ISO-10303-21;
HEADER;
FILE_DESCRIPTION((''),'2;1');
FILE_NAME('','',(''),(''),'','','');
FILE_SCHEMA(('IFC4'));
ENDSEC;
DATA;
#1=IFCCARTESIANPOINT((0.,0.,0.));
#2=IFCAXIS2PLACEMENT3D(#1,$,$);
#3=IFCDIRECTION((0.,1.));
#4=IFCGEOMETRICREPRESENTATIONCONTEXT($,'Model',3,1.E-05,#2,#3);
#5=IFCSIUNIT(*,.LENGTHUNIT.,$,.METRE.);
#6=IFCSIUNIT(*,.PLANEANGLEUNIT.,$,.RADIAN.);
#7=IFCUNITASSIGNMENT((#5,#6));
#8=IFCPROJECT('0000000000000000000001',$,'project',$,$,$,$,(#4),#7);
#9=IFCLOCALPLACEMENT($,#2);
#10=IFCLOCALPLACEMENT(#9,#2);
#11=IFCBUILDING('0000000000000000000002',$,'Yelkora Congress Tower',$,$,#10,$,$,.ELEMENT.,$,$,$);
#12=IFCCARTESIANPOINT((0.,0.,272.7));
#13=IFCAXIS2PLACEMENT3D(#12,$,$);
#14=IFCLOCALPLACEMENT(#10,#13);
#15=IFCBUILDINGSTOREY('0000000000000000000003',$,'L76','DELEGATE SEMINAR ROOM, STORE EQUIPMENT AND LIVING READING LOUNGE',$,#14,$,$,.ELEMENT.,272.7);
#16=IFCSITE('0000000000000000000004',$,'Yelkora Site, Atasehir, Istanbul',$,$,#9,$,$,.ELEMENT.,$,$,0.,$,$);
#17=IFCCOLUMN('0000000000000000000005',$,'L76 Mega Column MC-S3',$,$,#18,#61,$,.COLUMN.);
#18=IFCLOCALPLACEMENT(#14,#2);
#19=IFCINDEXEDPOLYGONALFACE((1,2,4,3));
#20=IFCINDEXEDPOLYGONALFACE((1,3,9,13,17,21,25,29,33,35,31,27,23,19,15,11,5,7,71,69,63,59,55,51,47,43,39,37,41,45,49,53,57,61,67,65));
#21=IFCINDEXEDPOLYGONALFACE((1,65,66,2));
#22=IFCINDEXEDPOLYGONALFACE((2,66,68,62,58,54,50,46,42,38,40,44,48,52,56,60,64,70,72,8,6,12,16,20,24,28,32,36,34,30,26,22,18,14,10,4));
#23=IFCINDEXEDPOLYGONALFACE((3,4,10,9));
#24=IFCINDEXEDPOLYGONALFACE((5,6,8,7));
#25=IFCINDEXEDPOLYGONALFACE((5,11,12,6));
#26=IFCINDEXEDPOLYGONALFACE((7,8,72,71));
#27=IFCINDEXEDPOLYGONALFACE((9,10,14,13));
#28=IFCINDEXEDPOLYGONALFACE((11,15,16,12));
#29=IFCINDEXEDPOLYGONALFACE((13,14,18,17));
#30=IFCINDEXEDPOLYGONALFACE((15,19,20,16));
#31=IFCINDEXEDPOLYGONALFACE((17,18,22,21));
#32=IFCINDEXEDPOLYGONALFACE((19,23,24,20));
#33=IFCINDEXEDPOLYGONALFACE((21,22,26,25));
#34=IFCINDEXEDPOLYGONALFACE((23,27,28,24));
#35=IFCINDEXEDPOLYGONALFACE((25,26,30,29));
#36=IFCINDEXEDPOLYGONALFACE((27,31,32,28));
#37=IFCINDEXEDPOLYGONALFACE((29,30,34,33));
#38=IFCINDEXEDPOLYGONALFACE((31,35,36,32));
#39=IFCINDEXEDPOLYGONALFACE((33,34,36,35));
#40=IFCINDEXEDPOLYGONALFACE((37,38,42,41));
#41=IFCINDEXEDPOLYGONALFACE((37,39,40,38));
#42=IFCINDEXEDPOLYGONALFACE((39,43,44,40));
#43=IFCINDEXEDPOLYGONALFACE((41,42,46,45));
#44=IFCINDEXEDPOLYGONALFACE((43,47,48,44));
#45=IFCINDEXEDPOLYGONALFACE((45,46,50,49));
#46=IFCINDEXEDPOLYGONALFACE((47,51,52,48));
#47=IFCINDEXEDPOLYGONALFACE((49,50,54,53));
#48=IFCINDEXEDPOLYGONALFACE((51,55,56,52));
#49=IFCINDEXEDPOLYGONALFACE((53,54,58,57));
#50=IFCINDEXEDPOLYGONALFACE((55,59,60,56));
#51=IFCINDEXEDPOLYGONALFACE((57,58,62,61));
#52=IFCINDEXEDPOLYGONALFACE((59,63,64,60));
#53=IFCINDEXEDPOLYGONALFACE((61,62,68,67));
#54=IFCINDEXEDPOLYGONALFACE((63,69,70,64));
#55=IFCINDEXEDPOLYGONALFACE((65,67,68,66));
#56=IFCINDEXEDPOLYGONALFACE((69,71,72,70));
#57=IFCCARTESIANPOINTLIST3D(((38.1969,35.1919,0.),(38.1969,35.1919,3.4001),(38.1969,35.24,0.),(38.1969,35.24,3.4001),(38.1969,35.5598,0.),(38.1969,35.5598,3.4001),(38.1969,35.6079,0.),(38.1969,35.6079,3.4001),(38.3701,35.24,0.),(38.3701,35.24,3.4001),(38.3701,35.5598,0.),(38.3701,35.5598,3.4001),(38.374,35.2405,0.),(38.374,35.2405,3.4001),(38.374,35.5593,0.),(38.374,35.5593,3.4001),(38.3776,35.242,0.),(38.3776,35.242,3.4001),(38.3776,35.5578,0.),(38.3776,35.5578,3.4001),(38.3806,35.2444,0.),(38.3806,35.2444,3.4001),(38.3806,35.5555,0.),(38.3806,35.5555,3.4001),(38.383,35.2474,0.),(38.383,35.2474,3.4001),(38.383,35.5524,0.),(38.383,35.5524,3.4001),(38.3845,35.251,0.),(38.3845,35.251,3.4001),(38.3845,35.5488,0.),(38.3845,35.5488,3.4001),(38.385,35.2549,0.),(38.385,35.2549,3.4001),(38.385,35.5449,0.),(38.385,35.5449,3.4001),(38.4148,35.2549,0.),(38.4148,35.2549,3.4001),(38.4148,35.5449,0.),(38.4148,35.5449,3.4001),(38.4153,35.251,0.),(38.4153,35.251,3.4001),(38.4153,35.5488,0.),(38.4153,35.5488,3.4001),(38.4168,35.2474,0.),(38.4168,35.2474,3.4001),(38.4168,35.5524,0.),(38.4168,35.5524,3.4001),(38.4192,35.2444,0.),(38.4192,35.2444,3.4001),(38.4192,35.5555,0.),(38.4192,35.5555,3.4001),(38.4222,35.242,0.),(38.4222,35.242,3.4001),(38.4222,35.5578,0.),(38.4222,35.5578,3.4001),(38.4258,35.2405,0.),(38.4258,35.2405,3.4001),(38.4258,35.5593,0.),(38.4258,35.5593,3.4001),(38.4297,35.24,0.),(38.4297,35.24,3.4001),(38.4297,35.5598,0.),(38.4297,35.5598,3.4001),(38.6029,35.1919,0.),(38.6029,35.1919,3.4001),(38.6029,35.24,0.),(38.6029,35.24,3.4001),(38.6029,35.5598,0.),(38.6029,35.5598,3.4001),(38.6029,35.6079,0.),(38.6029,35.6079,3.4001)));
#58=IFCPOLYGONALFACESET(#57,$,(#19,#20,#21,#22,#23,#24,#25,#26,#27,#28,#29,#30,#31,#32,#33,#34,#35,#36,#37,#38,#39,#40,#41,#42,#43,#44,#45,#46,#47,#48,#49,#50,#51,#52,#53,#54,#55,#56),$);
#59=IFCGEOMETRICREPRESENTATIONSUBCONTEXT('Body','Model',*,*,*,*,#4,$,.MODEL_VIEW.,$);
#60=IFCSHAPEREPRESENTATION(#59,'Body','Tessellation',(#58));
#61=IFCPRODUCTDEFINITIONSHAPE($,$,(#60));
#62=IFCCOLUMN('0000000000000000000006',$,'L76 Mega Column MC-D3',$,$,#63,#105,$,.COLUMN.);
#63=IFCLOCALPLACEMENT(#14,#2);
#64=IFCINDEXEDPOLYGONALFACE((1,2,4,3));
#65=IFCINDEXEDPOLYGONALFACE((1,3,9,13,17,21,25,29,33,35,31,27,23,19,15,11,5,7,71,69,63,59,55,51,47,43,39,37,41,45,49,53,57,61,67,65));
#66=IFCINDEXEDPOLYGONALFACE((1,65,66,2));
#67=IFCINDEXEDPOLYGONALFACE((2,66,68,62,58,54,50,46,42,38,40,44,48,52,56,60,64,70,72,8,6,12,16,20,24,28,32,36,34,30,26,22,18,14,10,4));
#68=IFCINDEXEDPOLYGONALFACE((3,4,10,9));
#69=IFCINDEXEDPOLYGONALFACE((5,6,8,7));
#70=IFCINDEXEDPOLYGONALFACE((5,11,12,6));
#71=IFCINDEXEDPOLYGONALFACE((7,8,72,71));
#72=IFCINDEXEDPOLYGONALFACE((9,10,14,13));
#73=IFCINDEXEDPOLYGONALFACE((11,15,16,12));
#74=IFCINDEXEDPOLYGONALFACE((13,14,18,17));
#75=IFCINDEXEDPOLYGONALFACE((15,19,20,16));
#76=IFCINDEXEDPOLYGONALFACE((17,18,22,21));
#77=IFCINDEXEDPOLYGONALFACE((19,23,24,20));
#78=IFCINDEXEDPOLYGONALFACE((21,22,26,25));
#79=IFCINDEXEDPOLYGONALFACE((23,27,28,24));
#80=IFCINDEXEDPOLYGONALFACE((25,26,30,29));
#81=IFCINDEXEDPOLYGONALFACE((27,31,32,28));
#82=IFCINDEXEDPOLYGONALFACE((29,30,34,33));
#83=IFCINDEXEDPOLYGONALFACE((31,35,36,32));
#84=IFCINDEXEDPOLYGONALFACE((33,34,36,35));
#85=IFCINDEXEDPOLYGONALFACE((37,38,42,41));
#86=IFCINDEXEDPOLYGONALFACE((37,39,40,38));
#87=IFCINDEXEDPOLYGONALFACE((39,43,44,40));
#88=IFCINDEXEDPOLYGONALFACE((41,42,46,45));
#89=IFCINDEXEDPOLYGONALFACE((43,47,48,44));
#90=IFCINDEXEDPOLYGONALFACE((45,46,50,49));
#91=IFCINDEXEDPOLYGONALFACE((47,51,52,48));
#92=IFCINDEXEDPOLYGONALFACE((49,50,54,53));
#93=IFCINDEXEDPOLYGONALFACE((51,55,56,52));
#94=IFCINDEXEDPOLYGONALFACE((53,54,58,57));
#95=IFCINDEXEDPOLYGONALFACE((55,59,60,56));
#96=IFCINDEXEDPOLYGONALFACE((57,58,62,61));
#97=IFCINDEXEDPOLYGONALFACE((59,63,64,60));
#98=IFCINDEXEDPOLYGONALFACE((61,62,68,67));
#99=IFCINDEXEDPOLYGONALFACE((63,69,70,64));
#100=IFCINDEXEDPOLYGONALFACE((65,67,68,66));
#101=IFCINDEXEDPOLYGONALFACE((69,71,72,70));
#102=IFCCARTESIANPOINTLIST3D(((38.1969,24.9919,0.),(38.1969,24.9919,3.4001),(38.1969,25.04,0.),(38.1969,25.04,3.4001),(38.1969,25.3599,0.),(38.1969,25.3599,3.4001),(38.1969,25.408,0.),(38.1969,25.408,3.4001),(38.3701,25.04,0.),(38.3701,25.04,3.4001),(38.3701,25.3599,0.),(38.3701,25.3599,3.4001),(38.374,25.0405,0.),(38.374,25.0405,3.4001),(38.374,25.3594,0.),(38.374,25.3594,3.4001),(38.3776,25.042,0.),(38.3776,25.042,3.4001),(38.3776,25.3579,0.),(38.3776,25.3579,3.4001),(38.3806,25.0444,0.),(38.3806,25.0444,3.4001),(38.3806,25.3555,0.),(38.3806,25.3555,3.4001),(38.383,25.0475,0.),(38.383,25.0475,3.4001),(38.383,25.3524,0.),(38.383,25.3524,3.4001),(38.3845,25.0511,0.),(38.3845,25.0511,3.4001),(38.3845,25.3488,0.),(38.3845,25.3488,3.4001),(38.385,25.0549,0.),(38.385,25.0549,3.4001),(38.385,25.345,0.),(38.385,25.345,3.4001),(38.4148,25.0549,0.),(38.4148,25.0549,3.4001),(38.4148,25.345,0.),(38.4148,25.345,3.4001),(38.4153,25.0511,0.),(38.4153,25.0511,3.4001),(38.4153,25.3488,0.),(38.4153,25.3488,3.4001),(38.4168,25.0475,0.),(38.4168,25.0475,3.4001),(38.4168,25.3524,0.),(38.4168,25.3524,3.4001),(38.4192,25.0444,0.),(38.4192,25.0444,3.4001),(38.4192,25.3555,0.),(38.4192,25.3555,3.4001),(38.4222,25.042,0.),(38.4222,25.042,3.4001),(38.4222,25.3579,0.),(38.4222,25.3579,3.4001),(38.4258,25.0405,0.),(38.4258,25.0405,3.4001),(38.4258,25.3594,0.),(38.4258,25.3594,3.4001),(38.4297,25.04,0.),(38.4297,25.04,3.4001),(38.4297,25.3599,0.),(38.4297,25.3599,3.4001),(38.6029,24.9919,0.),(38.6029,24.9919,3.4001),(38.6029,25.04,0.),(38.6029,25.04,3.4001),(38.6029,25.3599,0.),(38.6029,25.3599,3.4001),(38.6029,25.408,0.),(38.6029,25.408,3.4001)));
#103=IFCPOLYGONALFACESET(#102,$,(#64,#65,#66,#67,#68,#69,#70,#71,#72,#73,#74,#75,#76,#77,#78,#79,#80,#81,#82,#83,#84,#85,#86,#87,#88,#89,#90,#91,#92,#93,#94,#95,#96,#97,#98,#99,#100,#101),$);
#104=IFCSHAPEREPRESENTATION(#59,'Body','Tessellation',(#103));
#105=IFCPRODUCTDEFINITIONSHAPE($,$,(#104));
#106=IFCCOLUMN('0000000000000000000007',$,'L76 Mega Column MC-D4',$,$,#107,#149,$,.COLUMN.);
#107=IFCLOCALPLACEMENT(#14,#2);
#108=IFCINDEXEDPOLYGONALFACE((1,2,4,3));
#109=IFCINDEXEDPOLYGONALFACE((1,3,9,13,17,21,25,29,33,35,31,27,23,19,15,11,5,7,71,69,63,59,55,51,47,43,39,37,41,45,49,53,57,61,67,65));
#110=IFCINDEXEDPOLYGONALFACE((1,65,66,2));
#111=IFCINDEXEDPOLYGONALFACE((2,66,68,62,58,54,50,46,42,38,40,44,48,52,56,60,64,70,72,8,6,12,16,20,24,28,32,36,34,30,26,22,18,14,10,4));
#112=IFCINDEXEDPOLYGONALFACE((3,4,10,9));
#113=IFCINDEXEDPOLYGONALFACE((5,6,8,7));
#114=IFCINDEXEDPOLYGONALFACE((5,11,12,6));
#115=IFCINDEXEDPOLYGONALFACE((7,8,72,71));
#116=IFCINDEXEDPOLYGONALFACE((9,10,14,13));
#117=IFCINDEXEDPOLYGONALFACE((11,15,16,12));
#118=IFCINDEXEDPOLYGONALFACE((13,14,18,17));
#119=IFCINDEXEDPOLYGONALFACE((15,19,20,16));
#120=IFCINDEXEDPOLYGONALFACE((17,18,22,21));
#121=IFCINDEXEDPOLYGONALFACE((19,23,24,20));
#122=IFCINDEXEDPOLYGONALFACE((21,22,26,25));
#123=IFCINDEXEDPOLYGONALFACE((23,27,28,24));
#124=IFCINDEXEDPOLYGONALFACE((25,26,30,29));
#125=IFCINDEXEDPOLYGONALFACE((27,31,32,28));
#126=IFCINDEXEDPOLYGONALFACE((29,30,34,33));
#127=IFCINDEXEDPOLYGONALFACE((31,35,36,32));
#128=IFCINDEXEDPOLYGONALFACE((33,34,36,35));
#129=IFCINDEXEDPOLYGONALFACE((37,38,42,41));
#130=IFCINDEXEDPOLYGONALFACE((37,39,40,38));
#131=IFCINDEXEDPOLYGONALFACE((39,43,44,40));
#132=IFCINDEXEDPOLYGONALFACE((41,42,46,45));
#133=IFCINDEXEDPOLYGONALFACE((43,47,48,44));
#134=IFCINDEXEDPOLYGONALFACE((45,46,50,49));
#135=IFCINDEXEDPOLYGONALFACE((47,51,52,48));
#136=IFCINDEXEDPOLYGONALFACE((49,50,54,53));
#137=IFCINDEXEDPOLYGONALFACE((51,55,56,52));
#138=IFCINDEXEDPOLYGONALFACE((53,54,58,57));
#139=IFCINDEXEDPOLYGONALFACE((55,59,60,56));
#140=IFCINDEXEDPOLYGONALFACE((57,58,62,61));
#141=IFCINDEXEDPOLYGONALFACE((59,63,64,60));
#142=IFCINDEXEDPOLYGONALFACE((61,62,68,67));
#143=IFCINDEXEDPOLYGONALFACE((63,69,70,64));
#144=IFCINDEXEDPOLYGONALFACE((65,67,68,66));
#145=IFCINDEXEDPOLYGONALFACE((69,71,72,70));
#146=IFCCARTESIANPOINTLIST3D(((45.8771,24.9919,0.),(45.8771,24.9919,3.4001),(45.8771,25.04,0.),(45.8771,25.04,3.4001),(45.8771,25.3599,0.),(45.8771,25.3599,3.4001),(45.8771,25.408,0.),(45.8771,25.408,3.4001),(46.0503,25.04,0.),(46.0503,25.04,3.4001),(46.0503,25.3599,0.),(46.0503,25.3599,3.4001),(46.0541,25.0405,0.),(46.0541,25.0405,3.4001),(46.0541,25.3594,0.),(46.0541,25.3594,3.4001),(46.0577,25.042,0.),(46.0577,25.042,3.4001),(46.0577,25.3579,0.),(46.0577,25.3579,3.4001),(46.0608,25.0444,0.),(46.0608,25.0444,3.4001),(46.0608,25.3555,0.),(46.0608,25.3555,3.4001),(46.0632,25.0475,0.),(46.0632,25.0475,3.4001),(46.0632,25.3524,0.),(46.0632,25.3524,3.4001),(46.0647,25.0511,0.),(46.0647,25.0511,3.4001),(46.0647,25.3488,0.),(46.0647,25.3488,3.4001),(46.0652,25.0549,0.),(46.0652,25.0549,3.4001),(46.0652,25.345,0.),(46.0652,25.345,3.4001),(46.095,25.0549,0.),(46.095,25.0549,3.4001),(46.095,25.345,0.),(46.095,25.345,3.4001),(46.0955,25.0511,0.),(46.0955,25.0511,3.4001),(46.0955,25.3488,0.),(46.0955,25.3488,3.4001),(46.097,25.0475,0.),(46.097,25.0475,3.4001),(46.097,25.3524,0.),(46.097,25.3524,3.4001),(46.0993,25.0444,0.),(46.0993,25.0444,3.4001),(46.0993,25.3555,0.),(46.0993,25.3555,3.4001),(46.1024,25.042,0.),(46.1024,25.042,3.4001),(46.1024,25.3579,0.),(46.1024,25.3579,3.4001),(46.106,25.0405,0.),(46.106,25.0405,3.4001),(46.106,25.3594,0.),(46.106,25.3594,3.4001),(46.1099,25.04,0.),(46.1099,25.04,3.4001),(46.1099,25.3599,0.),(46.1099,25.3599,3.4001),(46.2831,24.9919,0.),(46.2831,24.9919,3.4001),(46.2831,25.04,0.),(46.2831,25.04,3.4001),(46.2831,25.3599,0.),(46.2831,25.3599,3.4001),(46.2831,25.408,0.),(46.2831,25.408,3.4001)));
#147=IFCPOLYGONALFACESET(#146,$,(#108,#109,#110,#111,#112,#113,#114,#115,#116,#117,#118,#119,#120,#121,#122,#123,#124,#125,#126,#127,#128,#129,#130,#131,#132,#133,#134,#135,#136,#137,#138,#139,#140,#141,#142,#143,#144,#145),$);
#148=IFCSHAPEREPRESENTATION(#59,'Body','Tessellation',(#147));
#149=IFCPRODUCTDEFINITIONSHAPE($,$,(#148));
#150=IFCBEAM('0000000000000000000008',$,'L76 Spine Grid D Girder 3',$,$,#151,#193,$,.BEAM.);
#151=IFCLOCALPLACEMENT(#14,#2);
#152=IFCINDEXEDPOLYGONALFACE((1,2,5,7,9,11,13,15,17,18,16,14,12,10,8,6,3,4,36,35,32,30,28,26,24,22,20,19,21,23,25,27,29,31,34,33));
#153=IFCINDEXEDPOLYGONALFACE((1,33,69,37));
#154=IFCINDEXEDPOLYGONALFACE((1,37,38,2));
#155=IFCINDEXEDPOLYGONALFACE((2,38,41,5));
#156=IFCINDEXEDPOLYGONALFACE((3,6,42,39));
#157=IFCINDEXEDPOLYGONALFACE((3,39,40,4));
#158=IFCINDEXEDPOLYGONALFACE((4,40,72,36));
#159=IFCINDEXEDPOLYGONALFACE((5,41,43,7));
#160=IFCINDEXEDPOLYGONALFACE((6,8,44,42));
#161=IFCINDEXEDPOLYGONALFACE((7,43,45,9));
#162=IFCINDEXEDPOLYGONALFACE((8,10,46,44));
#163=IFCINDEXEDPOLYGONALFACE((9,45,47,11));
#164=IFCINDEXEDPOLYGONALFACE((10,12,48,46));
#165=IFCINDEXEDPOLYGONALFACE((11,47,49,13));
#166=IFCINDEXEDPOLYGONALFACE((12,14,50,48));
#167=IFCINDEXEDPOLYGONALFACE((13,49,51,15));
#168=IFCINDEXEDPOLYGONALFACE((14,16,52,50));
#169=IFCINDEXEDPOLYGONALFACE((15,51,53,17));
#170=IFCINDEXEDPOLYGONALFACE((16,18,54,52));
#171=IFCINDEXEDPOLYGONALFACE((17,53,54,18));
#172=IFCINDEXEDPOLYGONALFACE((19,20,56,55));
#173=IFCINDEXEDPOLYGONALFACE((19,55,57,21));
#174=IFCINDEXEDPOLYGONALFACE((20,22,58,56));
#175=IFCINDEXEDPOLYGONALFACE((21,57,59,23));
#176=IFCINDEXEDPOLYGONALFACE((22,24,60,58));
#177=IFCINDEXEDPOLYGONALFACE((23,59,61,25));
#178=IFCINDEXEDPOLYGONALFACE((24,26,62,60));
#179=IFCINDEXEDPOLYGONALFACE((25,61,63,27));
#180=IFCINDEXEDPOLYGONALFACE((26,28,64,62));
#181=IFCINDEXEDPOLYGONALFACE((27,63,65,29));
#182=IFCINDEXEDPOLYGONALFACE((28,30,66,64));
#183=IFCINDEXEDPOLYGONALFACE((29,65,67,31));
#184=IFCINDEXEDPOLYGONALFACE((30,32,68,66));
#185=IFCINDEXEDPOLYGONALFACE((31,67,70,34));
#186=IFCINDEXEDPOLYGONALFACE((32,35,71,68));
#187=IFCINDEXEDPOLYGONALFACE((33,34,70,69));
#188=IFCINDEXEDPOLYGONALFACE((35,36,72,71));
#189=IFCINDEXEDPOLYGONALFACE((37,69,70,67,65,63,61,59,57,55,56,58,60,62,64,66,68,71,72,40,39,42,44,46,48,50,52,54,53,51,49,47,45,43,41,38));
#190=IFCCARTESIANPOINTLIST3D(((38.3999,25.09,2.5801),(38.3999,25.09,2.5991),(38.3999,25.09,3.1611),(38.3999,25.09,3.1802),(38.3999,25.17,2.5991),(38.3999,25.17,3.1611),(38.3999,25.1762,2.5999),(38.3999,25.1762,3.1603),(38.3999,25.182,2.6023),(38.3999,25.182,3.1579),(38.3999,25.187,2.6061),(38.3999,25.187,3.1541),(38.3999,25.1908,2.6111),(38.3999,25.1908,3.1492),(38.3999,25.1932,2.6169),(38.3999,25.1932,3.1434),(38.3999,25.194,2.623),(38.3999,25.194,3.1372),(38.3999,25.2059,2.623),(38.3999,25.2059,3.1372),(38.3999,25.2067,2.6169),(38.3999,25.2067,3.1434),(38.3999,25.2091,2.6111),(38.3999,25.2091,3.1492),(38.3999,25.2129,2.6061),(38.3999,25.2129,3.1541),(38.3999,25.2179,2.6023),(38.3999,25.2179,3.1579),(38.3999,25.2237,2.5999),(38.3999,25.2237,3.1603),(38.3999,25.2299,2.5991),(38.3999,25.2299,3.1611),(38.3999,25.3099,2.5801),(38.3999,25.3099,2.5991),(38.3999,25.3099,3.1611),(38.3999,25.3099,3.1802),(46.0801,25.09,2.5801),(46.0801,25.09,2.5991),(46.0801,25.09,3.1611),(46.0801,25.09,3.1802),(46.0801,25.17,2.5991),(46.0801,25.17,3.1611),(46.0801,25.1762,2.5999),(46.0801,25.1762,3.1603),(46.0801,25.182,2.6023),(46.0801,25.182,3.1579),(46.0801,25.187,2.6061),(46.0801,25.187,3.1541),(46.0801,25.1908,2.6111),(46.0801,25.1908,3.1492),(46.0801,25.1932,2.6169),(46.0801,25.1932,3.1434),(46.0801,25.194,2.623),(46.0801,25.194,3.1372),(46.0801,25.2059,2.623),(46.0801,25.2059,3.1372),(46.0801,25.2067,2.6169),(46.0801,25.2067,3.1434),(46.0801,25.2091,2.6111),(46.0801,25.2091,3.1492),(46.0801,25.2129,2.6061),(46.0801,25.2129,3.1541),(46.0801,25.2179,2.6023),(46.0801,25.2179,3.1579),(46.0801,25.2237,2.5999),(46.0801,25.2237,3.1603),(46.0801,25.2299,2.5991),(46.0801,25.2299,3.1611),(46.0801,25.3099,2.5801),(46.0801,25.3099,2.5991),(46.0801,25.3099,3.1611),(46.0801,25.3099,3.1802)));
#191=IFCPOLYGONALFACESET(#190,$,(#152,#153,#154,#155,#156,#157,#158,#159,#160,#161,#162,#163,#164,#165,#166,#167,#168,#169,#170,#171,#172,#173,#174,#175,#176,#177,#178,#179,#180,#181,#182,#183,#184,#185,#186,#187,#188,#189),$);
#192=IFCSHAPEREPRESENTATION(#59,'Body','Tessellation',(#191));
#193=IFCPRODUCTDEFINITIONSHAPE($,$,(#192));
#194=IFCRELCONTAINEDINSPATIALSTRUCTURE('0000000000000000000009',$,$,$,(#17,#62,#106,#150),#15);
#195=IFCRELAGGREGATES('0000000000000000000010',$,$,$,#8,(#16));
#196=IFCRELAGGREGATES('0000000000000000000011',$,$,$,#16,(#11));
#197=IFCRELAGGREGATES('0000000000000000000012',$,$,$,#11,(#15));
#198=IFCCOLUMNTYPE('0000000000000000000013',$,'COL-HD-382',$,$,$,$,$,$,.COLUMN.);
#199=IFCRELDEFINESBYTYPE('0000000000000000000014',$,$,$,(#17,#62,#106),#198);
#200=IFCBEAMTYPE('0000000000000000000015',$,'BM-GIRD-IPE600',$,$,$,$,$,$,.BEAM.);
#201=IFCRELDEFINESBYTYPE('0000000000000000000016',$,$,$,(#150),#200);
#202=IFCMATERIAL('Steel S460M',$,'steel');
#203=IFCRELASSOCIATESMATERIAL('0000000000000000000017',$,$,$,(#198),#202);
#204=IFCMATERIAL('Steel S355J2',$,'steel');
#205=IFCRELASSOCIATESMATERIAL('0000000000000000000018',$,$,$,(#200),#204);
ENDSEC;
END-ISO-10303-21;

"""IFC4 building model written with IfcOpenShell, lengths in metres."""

from ifc_helpers import new_model, si_unit, direction, frame, origin, origin_2d, place, context, subcontext, project, spatial, i_section, extrude, material, material_profile, profile_set, type_object, element, save


model = new_model("IFC4")

# Units and contexts
model_context = context("Model", 3, precision=1e-05, world=origin(), true_north=direction((0.0, 1.0)))
body_context = subcontext(model_context, "Body", "Model", "MODEL_VIEW")
ifc_project = project(units=[si_unit("LENGTHUNIT", "METRE"), si_unit("PLANEANGLEUNIT", "RADIAN")], contexts=[model_context])

# Site, building, storey
site_placement = place(None, origin())
site = spatial("IfcSite", under=ifc_project, at=site_placement, Name="Yelkora Site, Atasehir, Istanbul", CompositionType="ELEMENT", RefElevation=0.0)
building_placement = place(site_placement, origin())
building = spatial("IfcBuilding", under=site, at=building_placement, Name="Yelkora Congress Tower", CompositionType="ELEMENT")
storey_placement = place(building_placement, frame((0.0, 0.0, 272.7)))
storey = spatial("IfcBuildingStorey", under=building, at=storey_placement, Name="L76", Description="DELEGATE SEMINAR ROOM, STORE EQUIPMENT AND LIVING READING LOUNGE", CompositionType="ELEMENT", Elevation=272.7)

# Columns
ifc_material_1 = material(Name="Steel S460M", Category="steel")
ifc_material_profile_1 = material_profile(ifc_material_1, i_section(OverallWidth=0.406, OverallDepth=0.416, WebThickness=0.0298, FlangeThickness=0.0481, FilletRadius=0.0149, at=origin_2d()), Name="HD 400x382")
ifc_profile_set_1 = profile_set([ifc_material_profile_1], Name="Steel S460M")
column_type = type_object("IfcColumnType", Name="COL-HD-382", PredefinedType="COLUMN", material=ifc_profile_set_1)
for number, where, z_axis, x_axis, name in (
    (1, (38.3999, 35.3999, 0.0), (0.0, 0.0, 1.0), (1.0, 0.0, 0.0), "L76 Mega Column MC-S3"),
    (2, (38.3999, 25.2, 0.0), (0.0, 0.0, 1.0), (1.0, 0.0, 0.0), "L76 Mega Column MC-D3"),
    (3, (46.0801, 25.2, 0.0), (0.0, 0.0, 1.0), (1.0, 0.0, 0.0), "L76 Mega Column MC-D4"),
):
    element("IfcColumn", number, at=place(storey_placement, frame(where, z_axis=z_axis, x_axis=x_axis)), inside=storey, type_object=column_type, Name=name, PredefinedType="COLUMN", context=body_context, shape_type="SweptSolid", body=[
        extrude(i_section(OverallWidth=0.406, OverallDepth=0.416, WebThickness=0.0298, FlangeThickness=0.0481, FilletRadius=0.0149, at=origin_2d()), origin(), (0.0, 0.0, 1.0), 3.4001),
    ])

# Beam
ifc_material_2 = material(Name="Steel S355J2", Category="steel")
ifc_material_profile_2 = material_profile(ifc_material_2, i_section(OverallWidth=0.22, OverallDepth=0.6001, WebThickness=0.012, FlangeThickness=0.019, FilletRadius=0.0239, at=origin_2d()), Name="IPE 600")
ifc_profile_set_2 = profile_set([ifc_material_profile_2], Name="Steel S355J2")
beam_type_1 = type_object("IfcBeamType", Name="BM-GIRD-IPE600", PredefinedType="BEAM", material=ifc_profile_set_2)
beam_1_placement = place(storey_placement, frame((38.3999, 25.2, 2.8801), z_axis=(1.0, 0.0, 0.0), x_axis=(0.0, 1.0, 0.0)))
element("IfcBeam", 4, at=beam_1_placement, inside=storey, type_object=beam_type_1, Name="L76 Spine Grid D Girder 3", PredefinedType="BEAM", context=body_context, shape_type="SweptSolid", body=[
    extrude(i_section(OverallWidth=0.22, OverallDepth=0.6001, WebThickness=0.012, FlangeThickness=0.019, FilletRadius=0.0239, at=origin_2d()), origin(), (0.0, 0.0, 1.0), 7.6802),
])

save(model, "model.ifc")
